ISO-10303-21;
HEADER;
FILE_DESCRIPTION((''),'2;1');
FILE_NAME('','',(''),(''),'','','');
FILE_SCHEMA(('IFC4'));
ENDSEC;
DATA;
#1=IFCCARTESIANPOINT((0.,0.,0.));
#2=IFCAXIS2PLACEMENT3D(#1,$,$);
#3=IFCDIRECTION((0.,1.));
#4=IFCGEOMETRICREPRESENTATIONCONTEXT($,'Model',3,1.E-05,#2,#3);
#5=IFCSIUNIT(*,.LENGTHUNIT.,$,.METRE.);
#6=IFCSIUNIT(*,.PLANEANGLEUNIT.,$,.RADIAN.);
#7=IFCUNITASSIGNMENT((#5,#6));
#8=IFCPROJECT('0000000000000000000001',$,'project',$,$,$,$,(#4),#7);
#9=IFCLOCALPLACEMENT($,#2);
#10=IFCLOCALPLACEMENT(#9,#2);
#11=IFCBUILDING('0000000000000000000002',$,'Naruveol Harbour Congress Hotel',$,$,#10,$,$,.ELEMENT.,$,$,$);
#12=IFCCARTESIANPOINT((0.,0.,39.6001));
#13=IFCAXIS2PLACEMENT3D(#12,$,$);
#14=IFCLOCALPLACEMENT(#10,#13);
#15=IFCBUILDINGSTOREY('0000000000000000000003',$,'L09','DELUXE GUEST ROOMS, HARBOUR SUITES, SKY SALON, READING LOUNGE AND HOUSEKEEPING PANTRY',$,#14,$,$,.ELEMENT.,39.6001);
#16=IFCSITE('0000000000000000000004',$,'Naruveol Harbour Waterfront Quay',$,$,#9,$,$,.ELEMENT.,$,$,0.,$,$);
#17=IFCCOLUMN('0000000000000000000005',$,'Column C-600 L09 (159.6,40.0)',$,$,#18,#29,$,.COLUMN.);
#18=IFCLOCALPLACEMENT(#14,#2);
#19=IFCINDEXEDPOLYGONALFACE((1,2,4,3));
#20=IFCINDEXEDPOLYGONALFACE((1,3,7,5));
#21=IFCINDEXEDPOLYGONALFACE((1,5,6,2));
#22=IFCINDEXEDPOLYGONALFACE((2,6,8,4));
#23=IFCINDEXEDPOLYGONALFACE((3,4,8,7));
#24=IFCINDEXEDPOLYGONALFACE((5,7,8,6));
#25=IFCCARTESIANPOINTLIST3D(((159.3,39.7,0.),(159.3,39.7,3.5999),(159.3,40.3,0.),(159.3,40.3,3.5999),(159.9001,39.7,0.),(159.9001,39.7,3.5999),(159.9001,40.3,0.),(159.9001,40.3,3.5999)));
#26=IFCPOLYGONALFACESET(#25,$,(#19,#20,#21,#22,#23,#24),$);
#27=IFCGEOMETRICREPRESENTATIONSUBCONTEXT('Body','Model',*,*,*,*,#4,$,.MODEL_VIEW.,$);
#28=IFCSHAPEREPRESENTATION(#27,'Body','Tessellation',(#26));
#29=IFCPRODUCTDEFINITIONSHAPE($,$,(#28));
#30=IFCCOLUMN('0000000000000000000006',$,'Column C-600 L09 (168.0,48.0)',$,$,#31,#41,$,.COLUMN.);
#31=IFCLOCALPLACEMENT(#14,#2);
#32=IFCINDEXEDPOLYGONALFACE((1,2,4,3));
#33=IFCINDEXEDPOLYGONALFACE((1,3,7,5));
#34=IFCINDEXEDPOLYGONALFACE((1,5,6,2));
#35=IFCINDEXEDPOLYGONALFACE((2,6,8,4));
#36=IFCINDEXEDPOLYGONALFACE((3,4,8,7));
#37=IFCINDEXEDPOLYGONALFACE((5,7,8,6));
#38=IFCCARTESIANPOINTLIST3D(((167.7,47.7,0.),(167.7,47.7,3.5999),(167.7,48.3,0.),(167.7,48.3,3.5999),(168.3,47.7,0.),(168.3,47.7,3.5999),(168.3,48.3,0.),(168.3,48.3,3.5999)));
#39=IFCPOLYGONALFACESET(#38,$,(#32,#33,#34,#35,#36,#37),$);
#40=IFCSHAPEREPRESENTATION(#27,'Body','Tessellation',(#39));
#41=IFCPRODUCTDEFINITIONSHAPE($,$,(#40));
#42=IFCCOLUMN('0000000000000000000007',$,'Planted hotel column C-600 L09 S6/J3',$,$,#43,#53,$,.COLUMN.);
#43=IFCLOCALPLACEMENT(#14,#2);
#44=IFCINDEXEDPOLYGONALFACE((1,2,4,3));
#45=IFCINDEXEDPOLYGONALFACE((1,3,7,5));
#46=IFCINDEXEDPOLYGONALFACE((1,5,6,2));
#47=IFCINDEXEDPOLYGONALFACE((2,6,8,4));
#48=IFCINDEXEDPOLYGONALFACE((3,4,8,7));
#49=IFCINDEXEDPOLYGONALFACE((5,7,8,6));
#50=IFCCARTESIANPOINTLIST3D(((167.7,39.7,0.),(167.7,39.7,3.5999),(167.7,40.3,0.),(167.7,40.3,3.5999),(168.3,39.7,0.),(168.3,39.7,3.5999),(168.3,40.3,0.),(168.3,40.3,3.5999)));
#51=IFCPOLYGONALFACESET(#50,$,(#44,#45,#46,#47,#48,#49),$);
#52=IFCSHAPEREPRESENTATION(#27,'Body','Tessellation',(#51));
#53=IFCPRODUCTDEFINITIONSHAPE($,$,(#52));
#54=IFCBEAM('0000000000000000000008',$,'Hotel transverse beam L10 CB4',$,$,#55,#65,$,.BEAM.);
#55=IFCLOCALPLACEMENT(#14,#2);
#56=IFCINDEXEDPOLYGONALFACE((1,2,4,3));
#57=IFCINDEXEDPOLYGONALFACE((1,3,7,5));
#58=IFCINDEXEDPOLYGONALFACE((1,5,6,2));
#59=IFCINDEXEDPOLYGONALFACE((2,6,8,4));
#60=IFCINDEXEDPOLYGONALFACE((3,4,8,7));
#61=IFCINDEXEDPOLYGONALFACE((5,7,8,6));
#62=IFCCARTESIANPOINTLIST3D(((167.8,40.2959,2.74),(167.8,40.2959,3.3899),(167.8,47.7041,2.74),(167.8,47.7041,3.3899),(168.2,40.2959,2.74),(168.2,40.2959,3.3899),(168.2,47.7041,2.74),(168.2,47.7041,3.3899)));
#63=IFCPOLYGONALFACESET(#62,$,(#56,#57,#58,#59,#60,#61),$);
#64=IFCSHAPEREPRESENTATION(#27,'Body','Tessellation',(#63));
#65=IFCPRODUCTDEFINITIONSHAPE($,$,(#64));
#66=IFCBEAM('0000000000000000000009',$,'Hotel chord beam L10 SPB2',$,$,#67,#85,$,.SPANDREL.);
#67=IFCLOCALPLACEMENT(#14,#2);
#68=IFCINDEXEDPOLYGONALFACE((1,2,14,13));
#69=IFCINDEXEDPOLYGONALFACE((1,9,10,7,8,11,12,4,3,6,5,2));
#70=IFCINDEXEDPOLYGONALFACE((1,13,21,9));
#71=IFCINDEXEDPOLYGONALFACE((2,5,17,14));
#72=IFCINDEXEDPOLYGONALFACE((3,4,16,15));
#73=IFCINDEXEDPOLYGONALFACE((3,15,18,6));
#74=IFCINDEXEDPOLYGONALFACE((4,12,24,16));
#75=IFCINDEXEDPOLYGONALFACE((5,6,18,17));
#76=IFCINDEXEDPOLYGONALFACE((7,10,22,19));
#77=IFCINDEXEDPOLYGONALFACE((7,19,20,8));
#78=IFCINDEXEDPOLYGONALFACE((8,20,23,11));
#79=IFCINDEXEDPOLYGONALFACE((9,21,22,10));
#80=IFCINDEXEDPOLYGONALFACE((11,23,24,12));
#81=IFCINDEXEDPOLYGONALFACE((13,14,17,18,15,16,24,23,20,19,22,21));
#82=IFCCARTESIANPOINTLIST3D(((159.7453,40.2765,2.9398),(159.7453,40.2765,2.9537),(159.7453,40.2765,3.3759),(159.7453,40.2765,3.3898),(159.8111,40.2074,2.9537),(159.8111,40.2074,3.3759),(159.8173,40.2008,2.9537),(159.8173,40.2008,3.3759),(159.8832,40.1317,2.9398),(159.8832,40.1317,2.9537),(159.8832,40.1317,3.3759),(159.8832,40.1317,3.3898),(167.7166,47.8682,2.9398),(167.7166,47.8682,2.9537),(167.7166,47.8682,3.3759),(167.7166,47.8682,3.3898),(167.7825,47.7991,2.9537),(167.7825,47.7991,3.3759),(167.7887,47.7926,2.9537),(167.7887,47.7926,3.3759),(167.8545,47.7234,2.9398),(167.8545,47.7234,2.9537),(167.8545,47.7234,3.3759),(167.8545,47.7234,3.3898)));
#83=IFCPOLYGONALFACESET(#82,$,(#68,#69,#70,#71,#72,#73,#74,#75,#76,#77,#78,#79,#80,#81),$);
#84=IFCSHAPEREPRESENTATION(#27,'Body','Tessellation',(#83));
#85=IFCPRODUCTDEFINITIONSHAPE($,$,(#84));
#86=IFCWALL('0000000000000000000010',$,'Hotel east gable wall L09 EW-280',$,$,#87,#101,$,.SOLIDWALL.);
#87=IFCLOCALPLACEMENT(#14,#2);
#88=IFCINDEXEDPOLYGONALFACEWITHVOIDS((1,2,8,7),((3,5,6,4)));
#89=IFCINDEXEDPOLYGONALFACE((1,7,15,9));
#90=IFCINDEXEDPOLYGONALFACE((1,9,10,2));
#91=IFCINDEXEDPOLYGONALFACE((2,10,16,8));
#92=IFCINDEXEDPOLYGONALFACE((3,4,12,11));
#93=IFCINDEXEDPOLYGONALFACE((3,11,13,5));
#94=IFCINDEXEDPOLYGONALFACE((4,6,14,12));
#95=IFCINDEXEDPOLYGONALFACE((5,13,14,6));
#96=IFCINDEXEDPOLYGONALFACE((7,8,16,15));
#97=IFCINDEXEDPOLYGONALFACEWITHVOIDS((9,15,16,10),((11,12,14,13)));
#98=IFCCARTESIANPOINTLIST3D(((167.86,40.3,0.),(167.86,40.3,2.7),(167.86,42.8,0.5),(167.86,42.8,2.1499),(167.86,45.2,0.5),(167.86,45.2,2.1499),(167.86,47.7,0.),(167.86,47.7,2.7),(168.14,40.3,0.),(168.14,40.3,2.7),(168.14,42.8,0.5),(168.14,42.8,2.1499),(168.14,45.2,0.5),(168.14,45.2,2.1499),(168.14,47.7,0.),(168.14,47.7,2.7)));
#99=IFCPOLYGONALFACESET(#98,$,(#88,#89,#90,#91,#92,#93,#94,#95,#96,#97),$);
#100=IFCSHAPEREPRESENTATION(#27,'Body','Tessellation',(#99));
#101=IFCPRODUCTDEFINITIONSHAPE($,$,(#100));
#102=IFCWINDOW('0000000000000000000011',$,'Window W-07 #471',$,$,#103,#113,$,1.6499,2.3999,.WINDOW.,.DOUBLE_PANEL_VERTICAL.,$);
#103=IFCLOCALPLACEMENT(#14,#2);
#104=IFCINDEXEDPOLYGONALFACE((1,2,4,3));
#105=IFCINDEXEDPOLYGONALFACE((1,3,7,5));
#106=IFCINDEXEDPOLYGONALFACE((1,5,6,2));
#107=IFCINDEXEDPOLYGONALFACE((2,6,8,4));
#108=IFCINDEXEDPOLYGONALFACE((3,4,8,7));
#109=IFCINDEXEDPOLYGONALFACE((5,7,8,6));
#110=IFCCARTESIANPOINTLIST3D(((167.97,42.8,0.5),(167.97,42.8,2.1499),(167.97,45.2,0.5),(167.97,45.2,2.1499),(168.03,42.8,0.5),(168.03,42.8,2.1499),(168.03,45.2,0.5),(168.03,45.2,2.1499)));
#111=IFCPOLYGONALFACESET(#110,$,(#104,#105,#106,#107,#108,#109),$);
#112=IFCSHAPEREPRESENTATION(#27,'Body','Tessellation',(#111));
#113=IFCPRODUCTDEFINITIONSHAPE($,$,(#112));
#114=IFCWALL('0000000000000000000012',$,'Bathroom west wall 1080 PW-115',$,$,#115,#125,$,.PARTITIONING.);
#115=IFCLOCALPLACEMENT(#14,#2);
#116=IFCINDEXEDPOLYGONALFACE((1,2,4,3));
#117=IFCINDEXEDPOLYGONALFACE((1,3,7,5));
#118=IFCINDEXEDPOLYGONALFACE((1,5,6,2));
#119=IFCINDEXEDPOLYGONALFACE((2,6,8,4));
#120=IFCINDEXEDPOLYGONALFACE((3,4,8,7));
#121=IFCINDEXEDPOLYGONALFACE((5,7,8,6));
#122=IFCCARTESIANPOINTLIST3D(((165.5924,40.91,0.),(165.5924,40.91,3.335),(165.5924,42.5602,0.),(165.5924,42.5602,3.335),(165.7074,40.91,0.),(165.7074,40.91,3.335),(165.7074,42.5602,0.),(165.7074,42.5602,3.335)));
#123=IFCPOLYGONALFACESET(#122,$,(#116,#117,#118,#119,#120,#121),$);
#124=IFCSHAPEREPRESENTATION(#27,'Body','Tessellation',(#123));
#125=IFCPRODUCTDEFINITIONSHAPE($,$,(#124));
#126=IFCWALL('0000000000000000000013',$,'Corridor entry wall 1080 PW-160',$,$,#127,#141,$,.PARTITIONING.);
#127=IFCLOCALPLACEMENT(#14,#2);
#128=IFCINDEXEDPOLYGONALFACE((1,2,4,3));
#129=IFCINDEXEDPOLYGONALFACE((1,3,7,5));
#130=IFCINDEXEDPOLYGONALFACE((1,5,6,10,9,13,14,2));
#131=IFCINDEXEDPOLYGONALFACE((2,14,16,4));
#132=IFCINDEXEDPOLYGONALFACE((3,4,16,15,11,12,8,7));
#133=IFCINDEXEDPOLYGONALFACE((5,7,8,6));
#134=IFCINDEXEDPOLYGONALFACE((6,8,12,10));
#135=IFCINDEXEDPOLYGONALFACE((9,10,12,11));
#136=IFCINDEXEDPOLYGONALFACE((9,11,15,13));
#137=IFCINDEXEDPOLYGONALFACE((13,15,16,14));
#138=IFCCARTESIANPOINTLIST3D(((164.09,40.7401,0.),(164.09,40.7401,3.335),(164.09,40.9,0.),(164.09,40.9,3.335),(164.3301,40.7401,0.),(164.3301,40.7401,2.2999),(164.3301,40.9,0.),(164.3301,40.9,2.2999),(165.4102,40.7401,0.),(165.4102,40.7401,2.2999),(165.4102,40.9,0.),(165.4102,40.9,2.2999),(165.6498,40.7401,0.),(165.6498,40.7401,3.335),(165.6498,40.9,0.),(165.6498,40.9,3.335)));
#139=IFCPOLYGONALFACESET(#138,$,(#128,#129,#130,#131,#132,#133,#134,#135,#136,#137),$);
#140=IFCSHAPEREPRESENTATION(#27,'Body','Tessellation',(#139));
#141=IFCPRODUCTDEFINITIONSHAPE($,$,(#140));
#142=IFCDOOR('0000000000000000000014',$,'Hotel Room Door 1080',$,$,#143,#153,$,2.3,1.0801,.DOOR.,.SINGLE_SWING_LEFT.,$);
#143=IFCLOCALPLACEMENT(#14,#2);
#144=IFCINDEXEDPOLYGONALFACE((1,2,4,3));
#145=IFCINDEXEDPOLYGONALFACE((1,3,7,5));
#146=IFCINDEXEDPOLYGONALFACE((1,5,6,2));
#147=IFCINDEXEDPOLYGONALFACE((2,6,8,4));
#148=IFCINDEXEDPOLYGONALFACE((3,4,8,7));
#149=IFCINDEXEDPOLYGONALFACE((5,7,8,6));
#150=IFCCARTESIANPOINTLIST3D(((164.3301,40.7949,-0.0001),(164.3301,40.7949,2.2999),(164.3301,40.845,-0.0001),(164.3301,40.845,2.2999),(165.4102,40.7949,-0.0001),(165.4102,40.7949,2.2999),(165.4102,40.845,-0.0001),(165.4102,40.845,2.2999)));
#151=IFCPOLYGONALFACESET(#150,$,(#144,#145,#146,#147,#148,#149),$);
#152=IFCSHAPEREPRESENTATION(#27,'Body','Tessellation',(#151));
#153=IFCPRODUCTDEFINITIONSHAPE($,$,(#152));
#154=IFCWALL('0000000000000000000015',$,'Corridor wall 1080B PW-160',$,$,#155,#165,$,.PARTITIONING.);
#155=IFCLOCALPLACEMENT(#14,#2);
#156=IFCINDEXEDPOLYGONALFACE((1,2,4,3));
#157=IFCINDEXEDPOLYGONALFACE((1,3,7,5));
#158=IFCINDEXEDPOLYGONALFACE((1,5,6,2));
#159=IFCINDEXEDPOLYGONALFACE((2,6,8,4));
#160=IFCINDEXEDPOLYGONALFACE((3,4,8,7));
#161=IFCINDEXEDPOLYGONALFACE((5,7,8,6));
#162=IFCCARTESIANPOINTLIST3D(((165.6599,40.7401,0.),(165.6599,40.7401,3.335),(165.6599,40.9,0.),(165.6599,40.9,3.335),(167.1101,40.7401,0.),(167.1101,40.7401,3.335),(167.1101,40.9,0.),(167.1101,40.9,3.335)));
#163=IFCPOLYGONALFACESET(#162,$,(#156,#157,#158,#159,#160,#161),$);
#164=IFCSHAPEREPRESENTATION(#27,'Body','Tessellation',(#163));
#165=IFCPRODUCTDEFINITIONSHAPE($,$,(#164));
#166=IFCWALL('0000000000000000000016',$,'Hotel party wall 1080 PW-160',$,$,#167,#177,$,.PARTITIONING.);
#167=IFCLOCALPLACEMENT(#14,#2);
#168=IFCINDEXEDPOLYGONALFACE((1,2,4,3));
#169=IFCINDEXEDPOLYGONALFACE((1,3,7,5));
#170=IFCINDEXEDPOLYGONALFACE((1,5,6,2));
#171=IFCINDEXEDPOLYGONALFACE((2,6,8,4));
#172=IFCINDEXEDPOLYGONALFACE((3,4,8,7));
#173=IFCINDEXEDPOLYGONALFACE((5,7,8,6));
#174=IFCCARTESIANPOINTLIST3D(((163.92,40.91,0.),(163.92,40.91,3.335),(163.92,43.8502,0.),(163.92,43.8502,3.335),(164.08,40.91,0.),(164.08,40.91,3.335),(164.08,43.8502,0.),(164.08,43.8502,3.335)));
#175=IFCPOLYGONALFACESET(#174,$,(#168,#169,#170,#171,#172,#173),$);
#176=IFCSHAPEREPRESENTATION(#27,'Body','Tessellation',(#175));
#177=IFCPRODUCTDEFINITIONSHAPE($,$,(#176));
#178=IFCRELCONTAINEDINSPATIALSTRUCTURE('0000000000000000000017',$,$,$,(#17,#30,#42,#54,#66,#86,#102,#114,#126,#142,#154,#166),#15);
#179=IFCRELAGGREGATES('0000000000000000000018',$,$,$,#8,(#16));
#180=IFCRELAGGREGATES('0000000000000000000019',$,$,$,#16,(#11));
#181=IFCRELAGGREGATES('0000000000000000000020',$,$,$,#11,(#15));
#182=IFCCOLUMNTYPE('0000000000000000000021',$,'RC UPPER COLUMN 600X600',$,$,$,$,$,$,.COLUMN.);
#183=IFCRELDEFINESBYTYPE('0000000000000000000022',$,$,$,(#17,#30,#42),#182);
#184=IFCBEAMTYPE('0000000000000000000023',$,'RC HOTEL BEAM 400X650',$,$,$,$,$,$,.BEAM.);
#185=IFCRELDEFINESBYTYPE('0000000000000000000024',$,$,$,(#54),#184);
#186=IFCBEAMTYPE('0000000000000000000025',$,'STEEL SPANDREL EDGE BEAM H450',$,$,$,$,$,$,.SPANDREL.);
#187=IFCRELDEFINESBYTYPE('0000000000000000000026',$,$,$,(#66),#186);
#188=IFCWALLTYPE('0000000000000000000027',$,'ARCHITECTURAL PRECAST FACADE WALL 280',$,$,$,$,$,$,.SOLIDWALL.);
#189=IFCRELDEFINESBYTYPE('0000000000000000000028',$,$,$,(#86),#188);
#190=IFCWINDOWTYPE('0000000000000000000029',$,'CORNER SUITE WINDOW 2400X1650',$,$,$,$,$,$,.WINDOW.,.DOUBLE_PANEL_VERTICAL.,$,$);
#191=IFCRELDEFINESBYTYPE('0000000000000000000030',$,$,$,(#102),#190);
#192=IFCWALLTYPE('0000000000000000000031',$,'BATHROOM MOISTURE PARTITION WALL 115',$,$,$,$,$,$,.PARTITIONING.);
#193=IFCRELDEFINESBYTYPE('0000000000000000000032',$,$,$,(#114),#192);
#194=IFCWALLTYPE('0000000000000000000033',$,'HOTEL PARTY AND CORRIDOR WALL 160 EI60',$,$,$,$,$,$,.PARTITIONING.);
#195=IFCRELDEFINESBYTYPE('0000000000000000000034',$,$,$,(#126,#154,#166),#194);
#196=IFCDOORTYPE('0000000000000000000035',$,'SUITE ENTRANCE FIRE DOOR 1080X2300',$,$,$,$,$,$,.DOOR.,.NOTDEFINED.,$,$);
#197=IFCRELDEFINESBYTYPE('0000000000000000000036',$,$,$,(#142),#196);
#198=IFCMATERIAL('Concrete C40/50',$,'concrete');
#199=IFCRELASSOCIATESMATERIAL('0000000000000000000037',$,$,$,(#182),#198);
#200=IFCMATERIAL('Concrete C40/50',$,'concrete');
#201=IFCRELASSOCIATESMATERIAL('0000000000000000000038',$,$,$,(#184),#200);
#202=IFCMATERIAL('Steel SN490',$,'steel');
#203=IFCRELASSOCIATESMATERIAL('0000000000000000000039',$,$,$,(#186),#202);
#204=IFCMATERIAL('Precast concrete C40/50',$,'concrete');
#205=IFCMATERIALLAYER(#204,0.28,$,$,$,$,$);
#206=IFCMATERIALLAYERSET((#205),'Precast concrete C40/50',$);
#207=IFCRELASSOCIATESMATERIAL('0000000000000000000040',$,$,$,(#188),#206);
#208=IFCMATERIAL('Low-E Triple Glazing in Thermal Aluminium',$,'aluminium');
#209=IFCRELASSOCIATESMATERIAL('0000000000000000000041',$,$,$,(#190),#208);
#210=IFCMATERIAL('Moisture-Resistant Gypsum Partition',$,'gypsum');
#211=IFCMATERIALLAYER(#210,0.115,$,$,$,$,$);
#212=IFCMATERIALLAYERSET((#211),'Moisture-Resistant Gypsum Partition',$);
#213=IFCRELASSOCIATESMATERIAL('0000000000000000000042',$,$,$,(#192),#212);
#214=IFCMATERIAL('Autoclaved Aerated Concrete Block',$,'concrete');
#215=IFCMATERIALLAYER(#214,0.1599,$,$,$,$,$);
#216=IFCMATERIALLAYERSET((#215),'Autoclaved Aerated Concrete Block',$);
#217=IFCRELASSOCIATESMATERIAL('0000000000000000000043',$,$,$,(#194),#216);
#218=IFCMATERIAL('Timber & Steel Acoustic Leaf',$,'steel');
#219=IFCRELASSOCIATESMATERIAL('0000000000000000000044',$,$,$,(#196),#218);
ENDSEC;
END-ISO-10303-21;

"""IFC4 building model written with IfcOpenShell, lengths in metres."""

from ifc_helpers import new_model, si_unit, direction, frame, frame_2d, origin, origin_2d, place, context, subcontext, project, spatial, rectangle, i_section, extrude, material, layer, layer_set, material_profile, profile_set, type_object, element, fill, save


model = new_model("IFC4")

# Units and contexts
model_context = context("Model", 3, precision=1e-05, world=origin(), true_north=direction((0.0, 1.0)))
body_context = subcontext(model_context, "Body", "Model", "MODEL_VIEW")
ifc_project = project(units=[si_unit("LENGTHUNIT", "METRE"), si_unit("PLANEANGLEUNIT", "RADIAN")], contexts=[model_context])

# Site, building, storey
site_placement = place(None, origin())
site = spatial("IfcSite", under=ifc_project, at=site_placement, Name="Naruveol Harbour Waterfront Quay", CompositionType="ELEMENT", RefElevation=0.0)
building_placement = place(site_placement, origin())
building = spatial("IfcBuilding", under=site, at=building_placement, Name="Naruveol Harbour Congress Hotel", CompositionType="ELEMENT")
storey_placement = place(building_placement, frame((0.0, 0.0, 39.6001)))
storey = spatial("IfcBuildingStorey", under=building, at=storey_placement, Name="L09", Description="DELUXE GUEST ROOMS, HARBOUR SUITES, SKY SALON, READING LOUNGE AND HOUSEKEEPING PANTRY", CompositionType="ELEMENT", Elevation=39.6001)

# Columns
ifc_material_1 = material(Name="Concrete C40/50", Category="concrete")
ifc_material_profile_1 = material_profile(ifc_material_1, rectangle(XDim=0.6001, YDim=0.6001, at=origin_2d()), Name="RC-600x600")
ifc_profile_set_1 = profile_set([ifc_material_profile_1], Name="Concrete C40/50")
column_type = type_object("IfcColumnType", Name="RC UPPER COLUMN 600X600", PredefinedType="COLUMN", material=ifc_profile_set_1)
for number, where, z_axis, x_axis, name in (
    (1, (159.6001, 40.0, 0.0), (0.0, 0.0, 1.0), (1.0, 0.0, 0.0), "Column C-600 L09 (159.6,40.0)"),
    (2, (168.0, 48.0, 0.0), (0.0, 0.0, 1.0), (1.0, 0.0, 0.0), "Column C-600 L09 (168.0,48.0)"),
    (3, (168.0, 40.0, 0.0), (0.0, 0.0, 1.0), (1.0, 0.0, 0.0), "Planted hotel column C-600 L09 S6/J3"),
):
    element("IfcColumn", number, at=place(storey_placement, frame(where, z_axis=z_axis, x_axis=x_axis)), inside=storey, type_object=column_type, Name=name, PredefinedType="COLUMN", context=body_context, shape_type="SweptSolid", body=[
        extrude(rectangle(XDim=0.6001, YDim=0.6001, at=origin_2d()), origin(), (0.0, 0.0, 1.0), 3.5999),
    ])

# Beams
ifc_material_2 = material(Name="Concrete C40/50", Category="concrete")
ifc_material_profile_2 = material_profile(ifc_material_2, rectangle(XDim=0.3999, YDim=0.6499, at=origin_2d()), Name="RCB-400x650")
ifc_profile_set_2 = profile_set([ifc_material_profile_2], Name="Concrete C40/50")
beam_type_1 = type_object("IfcBeamType", Name="RC HOTEL BEAM 400X650", PredefinedType="BEAM", material=ifc_profile_set_2)
beam_1_placement = place(storey_placement, frame((168.0, 40.2959, 3.0649), z_axis=(0.0, 1.0, 0.0), x_axis=(-1.0, 0.0, 0.0)))
element("IfcBeam", 4, at=beam_1_placement, inside=storey, type_object=beam_type_1, Name="Hotel transverse beam L10 CB4", PredefinedType="BEAM", context=body_context, shape_type="SweptSolid", body=[
    extrude(rectangle(XDim=0.3999, YDim=0.6499, at=origin_2d()), origin(), (0.0, 0.0, 1.0), 7.4082),
])
ifc_material_3 = material(Name="Steel SN490", Category="steel")
ifc_material_profile_3 = material_profile(ifc_material_3, i_section(OverallWidth=0.2, OverallDepth=0.45, WebThickness=0.009, FlangeThickness=0.0139, at=origin_2d()), Name="H-450x200x9x14")
ifc_profile_set_3 = profile_set([ifc_material_profile_3], Name="Steel SN490")
beam_type_2 = type_object("IfcBeamType", Name="STEEL SPANDREL EDGE BEAM H450", PredefinedType="SPANDREL", material=ifc_profile_set_3)
beam_2_placement = place(storey_placement, frame((159.8142, 40.2041, 3.1648), z_axis=(0.72414, 0.689653, 0.0), x_axis=(-0.689653, 0.72414, 0.0)))
element("IfcBeam", 5, at=beam_2_placement, inside=storey, type_object=beam_type_2, Name="Hotel chord beam L10 SPB2", PredefinedType="SPANDREL", context=body_context, shape_type="SweptSolid", body=[
    extrude(i_section(OverallWidth=0.2, OverallDepth=0.45, WebThickness=0.009, FlangeThickness=0.0139, at=origin_2d()), origin(), (0.0, 0.0, 1.0), 11.0081),
])

# Wall, opening, window
ifc_material_4 = material(Name="Precast concrete C40/50", Category="concrete")
ifc_layer_1 = layer(ifc_material_4, 0.28)
ifc_layer_set_1 = layer_set([ifc_layer_1], Name="Precast concrete C40/50")
wall_type_1 = type_object("IfcWallType", Name="ARCHITECTURAL PRECAST FACADE WALL 280", PredefinedType="SOLIDWALL", material=ifc_layer_set_1)
wall_1_placement = place(storey_placement, frame((168.0, 47.7, 0.0), z_axis=(0.0, 0.0, 1.0), x_axis=(0.0, -1.0, 0.0)))
wall_1 = element("IfcWall", 6, at=wall_1_placement, inside=storey, type_object=wall_type_1, Name="Hotel east gable wall L09 EW-280", PredefinedType="SOLIDWALL", context=body_context, shape_type="SweptSolid", body=[
    extrude(rectangle(XDim=7.3999, YDim=0.28, at=frame_2d((3.7, 0.0))), origin(), (0.0, 0.0, 1.0), 2.7),
])
opening_1_placement = place(wall_1_placement, frame((2.5, 0.0, 0.5)))
opening_1 = element("IfcOpeningElement", 7, at=opening_1_placement, cuts=wall_1, PredefinedType="OPENING", context=body_context, shape_type="SweptSolid", body=[
    extrude(rectangle(XDim=2.3999, YDim=1.6499, at=frame_2d((1.2, 0.825))), frame((0.0, 0.1499, 0.0), z_axis=(0.0, -1.0, 0.0), x_axis=(1.0, 0.0, 0.0)), (0.0, 0.0, 1.0), 0.3),
])
ifc_material_5 = material(Name="Low-E Triple Glazing in Thermal Aluminium", Category="aluminium")
window_type_1 = type_object("IfcWindowType", Name="CORNER SUITE WINDOW 2400X1650", PartitioningType="DOUBLE_PANEL_VERTICAL", PredefinedType="WINDOW", material=ifc_material_5)
window_1_placement = place(opening_1_placement, origin())
window_1 = element("IfcWindow", 8, at=window_1_placement, inside=storey, type_object=window_type_1, Name="Window W-07 #471", OverallHeight=1.6499, OverallWidth=2.3999, PartitioningType="DOUBLE_PANEL_VERTICAL", PredefinedType="WINDOW", context=body_context, shape_type="SweptSolid", body=[
    extrude(rectangle(XDim=2.3999, YDim=1.6499, at=frame_2d((1.2, 0.825))), frame((0.0, 0.03, 0.0), z_axis=(0.0, -1.0, 0.0), x_axis=(1.0, 0.0, 0.0)), (0.0, 0.0, 1.0), 0.0601),
])
fill(opening_1, window_1)

# Wall
ifc_material_6 = material(Name="Moisture-Resistant Gypsum Partition", Category="gypsum")
ifc_layer_2 = layer(ifc_material_6, 0.115)
ifc_layer_set_2 = layer_set([ifc_layer_2], Name="Moisture-Resistant Gypsum Partition")
wall_type_2 = type_object("IfcWallType", Name="BATHROOM MOISTURE PARTITION WALL 115", PredefinedType="PARTITIONING", material=ifc_layer_set_2)
wall_2_placement = place(storey_placement, frame((165.6499, 40.9099, 0.0), z_axis=(0.0, 0.0, 1.0), x_axis=(0.0, 1.0, 0.0)))
element("IfcWall", 9, at=wall_2_placement, inside=storey, type_object=wall_type_2, Name="Bathroom west wall 1080 PW-115", PredefinedType="PARTITIONING", context=body_context, shape_type="SweptSolid", body=[
    extrude(rectangle(XDim=1.6501, YDim=0.115, at=frame_2d((0.8252, 0.0))), origin(), (0.0, 0.0, 1.0), 3.335),
])

# Wall, opening, door
ifc_material_7 = material(Name="Autoclaved Aerated Concrete Block", Category="concrete")
ifc_layer_3 = layer(ifc_material_7, 0.1599)
ifc_layer_set_3 = layer_set([ifc_layer_3], Name="Autoclaved Aerated Concrete Block")
wall_type_3 = type_object("IfcWallType", Name="HOTEL PARTY AND CORRIDOR WALL 160 EI60", PredefinedType="PARTITIONING", material=ifc_layer_set_3)
wall_3_placement = place(storey_placement, frame((164.0901, 40.8201, 0.0), z_axis=(0.0, 0.0, 1.0), x_axis=(1.0, 0.0, 0.0)))
wall_3 = element("IfcWall", 10, at=wall_3_placement, inside=storey, type_object=wall_type_3, Name="Corridor entry wall 1080 PW-160", PredefinedType="PARTITIONING", context=body_context, shape_type="SweptSolid", body=[
    extrude(rectangle(XDim=1.5598, YDim=0.1599, at=frame_2d((0.7798, 0.0))), origin(), (0.0, 0.0, 1.0), 3.335),
])
opening_2_placement = place(wall_3_placement, frame((0.24, 0.0, 0.0)))
opening_2 = element("IfcOpeningElement", 11, at=opening_2_placement, cuts=wall_3, PredefinedType="OPENING", context=body_context, shape_type="SweptSolid", body=[
    extrude(rectangle(XDim=1.0801, YDim=2.3, at=frame_2d((0.54, 1.1499))), frame((0.0, 0.0898, 0.0), z_axis=(0.0, -1.0, 0.0), x_axis=(1.0, 0.0, 0.0)), (0.0, 0.0, 1.0), 0.1799),
])
ifc_material_8 = material(Name="Timber & Steel Acoustic Leaf", Category="steel")
door_type_1 = type_object("IfcDoorType", Name="SUITE ENTRANCE FIRE DOOR 1080X2300", OperationType="NOTDEFINED", PredefinedType="DOOR", material=ifc_material_8)
door_1_placement = place(opening_2_placement, origin())
door_1 = element("IfcDoor", 12, at=door_1_placement, inside=storey, type_object=door_type_1, Name="Hotel Room Door 1080", OperationType="SINGLE_SWING_LEFT", OverallHeight=2.3, OverallWidth=1.0801, PredefinedType="DOOR", context=body_context, shape_type="SweptSolid", body=[
    extrude(rectangle(XDim=1.0801, YDim=2.3, at=frame_2d((0.54, 1.1499))), frame((0.0, 0.0249, 0.0), z_axis=(0.0, -1.0, 0.0), x_axis=(1.0, 0.0, 0.0)), (0.0, 0.0, 1.0), 0.05),
])
fill(opening_2, door_1)

# Walls
wall_4_placement = place(storey_placement, frame((165.6599, 40.8201, 0.0), z_axis=(0.0, 0.0, 1.0), x_axis=(1.0, 0.0, 0.0)))
element("IfcWall", 13, at=wall_4_placement, inside=storey, type_object=wall_type_3, Name="Corridor wall 1080B PW-160", PredefinedType="PARTITIONING", context=body_context, shape_type="SweptSolid", body=[
    extrude(rectangle(XDim=1.4502, YDim=0.1599, at=frame_2d((0.7251, 0.0))), origin(), (0.0, 0.0, 1.0), 3.335),
])
for number, where, z_axis, x_axis, name in (
    (14, (164.0, 40.9099, 0.0), (0.0, 0.0, 1.0), (0.0, 1.0, 0.0), "Hotel party wall 1080 PW-160"),
):
    element("IfcWall", number, at=place(storey_placement, frame(where, z_axis=z_axis, x_axis=x_axis)), inside=storey, type_object=wall_type_3, Name=name, PredefinedType="PARTITIONING", context=body_context, shape_type="SweptSolid", body=[
        extrude(rectangle(XDim=2.9402, YDim=0.1599, at=frame_2d((1.4702, 0.0))), origin(), (0.0, 0.0, 1.0), 3.335),
    ])

save(model, "model.ifc")
